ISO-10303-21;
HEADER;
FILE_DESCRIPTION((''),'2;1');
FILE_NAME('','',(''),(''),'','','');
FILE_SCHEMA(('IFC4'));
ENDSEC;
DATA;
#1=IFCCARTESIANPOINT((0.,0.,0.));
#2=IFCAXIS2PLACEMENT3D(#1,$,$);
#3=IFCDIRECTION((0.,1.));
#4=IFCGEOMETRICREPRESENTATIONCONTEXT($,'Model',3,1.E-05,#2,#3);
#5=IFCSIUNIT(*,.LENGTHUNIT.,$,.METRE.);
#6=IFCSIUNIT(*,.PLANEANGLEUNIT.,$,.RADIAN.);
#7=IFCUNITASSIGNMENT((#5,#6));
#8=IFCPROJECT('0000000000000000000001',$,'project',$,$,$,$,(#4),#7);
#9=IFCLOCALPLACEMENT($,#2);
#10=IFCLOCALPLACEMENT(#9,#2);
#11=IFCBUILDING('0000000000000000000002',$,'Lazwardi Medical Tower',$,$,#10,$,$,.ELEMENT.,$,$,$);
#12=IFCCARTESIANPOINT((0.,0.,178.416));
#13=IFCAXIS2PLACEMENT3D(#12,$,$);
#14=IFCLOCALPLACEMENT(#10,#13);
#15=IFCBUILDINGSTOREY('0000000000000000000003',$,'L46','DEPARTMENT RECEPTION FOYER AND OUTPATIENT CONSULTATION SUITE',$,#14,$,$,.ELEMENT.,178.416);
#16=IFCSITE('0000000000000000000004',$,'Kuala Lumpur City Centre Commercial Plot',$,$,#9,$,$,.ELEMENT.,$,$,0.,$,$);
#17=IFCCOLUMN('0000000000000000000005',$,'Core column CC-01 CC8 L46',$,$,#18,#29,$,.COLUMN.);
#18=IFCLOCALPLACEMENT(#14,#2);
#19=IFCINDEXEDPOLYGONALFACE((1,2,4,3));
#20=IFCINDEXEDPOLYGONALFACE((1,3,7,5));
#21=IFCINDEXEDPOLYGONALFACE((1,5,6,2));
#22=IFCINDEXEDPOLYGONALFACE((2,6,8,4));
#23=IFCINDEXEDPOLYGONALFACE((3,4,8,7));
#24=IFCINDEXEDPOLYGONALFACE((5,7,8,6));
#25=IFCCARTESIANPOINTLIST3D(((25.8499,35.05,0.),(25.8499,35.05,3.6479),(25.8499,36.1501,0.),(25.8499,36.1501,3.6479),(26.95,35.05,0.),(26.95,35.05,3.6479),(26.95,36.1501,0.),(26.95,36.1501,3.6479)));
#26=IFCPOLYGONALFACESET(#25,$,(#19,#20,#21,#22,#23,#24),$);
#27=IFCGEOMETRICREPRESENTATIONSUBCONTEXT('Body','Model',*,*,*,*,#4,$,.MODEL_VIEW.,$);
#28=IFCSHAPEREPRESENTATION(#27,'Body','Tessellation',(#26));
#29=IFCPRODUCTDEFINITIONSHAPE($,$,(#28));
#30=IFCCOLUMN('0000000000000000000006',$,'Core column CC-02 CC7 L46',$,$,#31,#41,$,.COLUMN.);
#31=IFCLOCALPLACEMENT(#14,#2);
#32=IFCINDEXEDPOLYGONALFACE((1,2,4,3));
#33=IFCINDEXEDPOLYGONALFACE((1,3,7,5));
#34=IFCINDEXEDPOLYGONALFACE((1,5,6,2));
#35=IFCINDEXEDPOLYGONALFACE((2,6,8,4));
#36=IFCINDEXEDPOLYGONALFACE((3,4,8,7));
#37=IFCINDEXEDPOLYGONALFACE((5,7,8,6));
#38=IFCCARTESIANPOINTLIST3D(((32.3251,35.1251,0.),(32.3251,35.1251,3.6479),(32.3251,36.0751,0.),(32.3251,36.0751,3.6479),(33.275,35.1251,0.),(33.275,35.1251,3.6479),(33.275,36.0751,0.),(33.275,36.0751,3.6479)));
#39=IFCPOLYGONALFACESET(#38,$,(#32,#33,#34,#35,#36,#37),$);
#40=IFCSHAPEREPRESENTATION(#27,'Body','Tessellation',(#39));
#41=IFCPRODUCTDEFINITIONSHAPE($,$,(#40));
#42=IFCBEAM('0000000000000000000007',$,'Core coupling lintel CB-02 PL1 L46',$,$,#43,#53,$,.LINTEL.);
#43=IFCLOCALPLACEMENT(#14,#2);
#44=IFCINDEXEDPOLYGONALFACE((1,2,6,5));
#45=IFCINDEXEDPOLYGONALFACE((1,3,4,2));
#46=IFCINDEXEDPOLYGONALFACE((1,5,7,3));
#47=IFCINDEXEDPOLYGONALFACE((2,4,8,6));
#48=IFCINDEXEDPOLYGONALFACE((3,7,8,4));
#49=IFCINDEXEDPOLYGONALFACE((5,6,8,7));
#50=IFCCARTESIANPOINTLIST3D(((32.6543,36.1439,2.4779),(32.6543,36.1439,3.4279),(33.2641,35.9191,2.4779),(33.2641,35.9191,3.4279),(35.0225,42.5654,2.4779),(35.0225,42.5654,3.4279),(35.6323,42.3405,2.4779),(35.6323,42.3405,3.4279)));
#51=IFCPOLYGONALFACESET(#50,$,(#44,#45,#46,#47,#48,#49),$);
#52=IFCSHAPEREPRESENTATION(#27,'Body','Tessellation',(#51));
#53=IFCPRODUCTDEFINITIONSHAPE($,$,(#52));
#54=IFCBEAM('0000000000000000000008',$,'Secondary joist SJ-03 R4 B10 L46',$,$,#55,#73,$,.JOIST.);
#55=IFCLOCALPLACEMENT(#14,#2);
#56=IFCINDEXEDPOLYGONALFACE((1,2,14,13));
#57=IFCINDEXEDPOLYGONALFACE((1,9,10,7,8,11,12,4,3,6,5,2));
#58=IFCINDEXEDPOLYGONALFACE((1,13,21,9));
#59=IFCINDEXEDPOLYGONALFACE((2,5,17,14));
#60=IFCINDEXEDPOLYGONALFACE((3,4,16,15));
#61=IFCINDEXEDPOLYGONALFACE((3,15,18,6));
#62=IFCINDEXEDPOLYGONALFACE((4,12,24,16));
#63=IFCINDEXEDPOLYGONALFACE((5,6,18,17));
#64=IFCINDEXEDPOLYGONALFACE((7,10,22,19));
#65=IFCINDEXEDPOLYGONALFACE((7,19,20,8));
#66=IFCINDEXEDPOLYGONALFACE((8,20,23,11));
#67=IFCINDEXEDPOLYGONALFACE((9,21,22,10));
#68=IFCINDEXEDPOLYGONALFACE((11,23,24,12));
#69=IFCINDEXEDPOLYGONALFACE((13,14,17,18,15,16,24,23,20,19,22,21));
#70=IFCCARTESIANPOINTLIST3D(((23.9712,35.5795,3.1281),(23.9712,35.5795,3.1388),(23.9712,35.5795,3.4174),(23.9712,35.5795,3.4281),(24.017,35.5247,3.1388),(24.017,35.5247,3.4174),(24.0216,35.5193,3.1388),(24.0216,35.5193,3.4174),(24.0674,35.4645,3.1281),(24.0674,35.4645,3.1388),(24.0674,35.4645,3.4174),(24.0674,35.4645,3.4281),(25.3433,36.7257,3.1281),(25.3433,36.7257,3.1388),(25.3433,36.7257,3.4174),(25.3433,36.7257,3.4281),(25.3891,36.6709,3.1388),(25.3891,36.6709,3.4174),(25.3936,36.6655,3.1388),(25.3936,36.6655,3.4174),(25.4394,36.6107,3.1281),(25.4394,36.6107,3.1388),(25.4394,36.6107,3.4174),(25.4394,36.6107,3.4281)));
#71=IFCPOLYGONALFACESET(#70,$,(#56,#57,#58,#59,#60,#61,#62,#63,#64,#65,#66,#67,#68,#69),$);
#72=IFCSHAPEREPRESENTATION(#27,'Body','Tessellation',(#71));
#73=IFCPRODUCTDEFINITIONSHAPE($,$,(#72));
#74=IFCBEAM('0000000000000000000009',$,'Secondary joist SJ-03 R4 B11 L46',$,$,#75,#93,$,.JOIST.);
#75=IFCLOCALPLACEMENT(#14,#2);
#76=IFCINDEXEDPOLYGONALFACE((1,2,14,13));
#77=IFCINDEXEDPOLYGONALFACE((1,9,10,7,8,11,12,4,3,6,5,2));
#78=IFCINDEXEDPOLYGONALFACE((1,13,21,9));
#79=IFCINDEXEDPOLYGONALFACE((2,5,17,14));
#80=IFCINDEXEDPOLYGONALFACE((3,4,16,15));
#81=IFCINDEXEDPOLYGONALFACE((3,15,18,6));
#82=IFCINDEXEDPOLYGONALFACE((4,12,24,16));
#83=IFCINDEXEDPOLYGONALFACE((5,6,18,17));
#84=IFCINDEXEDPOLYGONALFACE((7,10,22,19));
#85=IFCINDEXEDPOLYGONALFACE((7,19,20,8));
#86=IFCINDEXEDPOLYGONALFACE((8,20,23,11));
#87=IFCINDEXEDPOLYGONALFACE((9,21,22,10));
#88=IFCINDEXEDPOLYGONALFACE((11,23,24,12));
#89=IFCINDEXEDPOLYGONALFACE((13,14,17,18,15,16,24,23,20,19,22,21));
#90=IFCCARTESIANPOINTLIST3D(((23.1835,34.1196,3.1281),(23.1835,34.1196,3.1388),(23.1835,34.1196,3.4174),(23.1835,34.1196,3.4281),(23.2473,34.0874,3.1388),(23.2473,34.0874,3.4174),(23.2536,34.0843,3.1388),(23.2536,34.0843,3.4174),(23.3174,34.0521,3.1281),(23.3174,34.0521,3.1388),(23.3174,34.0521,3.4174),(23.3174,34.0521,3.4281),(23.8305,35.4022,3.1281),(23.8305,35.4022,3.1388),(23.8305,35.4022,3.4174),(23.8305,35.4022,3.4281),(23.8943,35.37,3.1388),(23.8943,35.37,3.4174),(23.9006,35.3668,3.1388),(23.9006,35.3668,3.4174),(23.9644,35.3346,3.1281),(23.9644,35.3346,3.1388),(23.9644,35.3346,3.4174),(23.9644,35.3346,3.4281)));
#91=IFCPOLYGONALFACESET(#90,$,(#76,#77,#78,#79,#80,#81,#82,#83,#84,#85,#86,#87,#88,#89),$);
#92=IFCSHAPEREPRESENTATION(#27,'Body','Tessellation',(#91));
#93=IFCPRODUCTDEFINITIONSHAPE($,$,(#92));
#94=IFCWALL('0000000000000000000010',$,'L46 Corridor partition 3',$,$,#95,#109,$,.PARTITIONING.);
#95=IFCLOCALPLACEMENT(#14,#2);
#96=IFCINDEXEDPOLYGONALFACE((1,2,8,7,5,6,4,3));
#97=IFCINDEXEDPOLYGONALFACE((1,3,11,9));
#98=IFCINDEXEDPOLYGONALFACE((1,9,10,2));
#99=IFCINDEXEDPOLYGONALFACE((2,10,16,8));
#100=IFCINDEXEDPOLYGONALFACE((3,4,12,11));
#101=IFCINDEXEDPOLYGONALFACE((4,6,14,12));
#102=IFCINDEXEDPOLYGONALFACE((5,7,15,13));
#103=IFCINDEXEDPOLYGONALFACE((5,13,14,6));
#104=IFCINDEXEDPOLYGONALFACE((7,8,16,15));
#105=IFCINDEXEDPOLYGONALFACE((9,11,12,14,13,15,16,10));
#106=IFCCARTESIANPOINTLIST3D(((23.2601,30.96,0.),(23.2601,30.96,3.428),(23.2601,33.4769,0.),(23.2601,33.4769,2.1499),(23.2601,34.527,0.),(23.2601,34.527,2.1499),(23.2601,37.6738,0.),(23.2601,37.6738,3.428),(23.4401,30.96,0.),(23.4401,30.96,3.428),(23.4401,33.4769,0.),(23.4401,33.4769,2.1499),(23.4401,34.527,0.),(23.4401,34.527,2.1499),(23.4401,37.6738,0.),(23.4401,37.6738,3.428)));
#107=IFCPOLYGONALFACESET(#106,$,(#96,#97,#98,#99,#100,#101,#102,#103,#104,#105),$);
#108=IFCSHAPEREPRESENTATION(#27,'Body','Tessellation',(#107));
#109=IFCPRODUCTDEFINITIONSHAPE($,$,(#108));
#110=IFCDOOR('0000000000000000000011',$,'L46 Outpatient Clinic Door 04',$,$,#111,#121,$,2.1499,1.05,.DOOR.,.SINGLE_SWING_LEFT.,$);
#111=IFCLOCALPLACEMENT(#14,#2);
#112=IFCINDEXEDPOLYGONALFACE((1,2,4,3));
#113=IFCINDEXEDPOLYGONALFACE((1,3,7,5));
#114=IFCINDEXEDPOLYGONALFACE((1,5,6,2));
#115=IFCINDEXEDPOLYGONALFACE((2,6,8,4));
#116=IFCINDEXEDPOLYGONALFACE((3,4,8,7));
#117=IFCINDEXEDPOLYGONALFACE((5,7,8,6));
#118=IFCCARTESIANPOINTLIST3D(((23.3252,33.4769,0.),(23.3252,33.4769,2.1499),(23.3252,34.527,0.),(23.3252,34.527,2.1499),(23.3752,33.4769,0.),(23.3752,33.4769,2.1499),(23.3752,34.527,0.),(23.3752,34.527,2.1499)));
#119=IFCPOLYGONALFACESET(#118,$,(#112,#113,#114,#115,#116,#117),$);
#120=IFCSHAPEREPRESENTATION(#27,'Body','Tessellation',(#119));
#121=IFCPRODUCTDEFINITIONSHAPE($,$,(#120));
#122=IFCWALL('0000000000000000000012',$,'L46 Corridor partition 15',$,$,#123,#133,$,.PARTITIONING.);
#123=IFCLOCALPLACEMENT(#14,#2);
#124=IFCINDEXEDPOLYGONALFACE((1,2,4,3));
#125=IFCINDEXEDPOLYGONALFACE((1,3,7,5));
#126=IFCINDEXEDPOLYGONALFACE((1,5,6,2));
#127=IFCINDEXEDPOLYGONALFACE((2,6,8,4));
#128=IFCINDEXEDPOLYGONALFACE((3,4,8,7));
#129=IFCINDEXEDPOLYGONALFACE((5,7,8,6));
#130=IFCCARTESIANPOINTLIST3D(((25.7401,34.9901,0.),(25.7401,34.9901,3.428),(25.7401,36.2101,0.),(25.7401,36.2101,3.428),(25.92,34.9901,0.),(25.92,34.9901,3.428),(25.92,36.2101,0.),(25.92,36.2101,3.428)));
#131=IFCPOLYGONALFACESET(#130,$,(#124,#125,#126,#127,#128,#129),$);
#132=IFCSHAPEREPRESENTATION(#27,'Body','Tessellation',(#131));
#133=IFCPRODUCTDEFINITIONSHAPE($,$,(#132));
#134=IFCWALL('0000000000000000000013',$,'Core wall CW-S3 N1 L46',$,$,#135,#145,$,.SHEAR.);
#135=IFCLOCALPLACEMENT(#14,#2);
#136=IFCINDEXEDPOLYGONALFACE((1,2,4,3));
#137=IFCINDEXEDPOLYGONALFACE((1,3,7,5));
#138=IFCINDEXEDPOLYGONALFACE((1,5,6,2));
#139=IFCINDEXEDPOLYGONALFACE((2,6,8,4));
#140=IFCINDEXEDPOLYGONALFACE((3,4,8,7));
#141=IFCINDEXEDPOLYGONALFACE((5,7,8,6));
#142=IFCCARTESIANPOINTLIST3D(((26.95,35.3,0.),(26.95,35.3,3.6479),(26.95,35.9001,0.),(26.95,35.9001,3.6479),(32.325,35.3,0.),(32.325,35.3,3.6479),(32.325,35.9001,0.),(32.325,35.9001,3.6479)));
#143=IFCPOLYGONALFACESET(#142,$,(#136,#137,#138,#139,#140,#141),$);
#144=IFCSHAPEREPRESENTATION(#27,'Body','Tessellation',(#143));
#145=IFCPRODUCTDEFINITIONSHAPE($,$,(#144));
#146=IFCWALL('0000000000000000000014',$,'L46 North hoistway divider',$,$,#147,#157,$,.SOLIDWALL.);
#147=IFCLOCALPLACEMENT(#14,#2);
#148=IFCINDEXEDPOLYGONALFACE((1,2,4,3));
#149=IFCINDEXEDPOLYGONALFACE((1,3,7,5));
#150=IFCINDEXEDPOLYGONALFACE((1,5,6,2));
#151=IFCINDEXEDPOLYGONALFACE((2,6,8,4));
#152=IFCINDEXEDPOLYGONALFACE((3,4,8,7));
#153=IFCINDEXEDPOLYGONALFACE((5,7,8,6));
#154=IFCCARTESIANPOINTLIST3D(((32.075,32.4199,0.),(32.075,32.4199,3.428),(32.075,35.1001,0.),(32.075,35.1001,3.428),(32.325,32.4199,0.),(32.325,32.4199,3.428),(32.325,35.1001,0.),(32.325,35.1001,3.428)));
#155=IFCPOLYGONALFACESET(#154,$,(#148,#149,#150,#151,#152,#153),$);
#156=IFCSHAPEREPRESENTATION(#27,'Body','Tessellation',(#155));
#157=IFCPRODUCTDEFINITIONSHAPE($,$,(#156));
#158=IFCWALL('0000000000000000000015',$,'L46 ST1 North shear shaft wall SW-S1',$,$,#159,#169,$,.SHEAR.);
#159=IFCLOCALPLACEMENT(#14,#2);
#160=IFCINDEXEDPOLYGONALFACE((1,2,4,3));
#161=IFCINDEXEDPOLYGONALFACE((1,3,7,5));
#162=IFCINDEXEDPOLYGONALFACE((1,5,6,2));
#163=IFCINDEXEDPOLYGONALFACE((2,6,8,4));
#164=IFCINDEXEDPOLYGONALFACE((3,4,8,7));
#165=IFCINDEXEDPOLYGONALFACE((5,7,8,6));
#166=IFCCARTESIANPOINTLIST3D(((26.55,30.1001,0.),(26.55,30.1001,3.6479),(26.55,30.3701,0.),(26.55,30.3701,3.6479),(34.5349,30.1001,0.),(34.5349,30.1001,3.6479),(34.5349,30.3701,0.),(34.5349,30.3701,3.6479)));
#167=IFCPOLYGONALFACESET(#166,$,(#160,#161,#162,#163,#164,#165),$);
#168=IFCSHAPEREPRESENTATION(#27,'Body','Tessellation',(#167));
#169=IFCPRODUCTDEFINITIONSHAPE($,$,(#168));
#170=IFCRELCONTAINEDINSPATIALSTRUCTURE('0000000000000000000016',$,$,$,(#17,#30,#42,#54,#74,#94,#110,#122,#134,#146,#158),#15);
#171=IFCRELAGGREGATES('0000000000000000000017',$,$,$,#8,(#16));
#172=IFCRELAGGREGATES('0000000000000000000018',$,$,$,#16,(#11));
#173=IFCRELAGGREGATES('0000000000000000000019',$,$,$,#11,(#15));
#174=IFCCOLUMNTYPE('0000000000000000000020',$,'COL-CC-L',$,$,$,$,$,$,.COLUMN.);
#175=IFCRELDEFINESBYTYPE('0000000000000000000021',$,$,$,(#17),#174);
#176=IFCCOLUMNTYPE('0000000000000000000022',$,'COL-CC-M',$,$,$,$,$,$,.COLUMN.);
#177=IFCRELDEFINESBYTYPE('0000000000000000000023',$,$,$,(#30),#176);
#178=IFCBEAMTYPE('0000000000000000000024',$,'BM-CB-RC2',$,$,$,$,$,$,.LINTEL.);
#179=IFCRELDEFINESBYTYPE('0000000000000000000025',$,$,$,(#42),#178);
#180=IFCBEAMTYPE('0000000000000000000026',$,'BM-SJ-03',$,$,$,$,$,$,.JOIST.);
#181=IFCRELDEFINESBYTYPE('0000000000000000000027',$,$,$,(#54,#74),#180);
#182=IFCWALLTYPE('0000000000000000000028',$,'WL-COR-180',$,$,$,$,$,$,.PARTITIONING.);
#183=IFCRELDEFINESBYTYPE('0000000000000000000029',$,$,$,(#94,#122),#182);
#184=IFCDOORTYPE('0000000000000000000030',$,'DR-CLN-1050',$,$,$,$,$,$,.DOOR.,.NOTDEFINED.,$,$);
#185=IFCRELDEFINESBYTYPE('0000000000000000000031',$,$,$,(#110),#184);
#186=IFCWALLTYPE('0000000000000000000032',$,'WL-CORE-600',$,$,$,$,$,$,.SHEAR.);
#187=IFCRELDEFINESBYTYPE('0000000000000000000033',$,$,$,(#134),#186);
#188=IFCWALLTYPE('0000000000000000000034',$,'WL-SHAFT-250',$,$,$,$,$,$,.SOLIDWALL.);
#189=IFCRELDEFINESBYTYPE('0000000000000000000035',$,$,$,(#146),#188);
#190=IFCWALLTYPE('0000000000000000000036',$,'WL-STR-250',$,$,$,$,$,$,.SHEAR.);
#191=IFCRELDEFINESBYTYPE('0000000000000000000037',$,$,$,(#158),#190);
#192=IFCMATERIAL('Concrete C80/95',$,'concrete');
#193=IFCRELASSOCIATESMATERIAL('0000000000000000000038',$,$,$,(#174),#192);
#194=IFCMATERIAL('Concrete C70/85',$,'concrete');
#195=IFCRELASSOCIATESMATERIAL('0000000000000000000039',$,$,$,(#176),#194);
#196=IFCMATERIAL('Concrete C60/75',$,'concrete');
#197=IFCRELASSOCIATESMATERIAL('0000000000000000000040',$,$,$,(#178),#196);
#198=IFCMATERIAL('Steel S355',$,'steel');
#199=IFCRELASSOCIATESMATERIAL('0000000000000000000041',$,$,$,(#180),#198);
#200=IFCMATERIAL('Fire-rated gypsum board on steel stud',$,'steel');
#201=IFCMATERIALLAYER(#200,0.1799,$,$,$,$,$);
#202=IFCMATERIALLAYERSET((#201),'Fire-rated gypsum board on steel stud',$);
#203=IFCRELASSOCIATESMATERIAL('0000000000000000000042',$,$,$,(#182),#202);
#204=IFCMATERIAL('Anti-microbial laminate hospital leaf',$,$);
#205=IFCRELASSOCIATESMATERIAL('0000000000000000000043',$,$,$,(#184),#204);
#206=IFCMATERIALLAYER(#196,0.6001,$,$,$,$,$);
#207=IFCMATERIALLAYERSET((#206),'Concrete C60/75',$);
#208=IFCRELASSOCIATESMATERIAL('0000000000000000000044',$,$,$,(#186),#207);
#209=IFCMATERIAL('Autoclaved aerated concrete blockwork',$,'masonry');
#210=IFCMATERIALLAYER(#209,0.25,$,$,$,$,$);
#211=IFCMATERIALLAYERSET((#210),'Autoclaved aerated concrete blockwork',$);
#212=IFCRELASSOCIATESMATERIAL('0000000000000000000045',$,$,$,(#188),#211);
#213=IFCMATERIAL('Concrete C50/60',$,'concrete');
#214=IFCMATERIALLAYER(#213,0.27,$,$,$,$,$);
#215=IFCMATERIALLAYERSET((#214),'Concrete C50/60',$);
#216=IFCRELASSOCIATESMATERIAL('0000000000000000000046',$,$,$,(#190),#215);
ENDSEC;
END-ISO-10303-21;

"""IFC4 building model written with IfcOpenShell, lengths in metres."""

from ifc_helpers import new_model, si_unit, direction, frame, frame_2d, origin, origin_2d, place, context, subcontext, project, spatial, rectangle, i_section, extrude, material, layer, layer_set, material_profile, profile_set, type_object, element, fill, save


model = new_model("IFC4")

# Units and contexts
model_context = context("Model", 3, precision=1e-05, world=origin(), true_north=direction((0.0, 1.0)))
body_context = subcontext(model_context, "Body", "Model", "MODEL_VIEW")
ifc_project = project(units=[si_unit("LENGTHUNIT", "METRE"), si_unit("PLANEANGLEUNIT", "RADIAN")], contexts=[model_context])

# Site, building, storey
site_placement = place(None, origin())
site = spatial("IfcSite", under=ifc_project, at=site_placement, Name="Kuala Lumpur City Centre Commercial Plot", CompositionType="ELEMENT", RefElevation=0.0)
building_placement = place(site_placement, origin())
building = spatial("IfcBuilding", under=site, at=building_placement, Name="Lazwardi Medical Tower", CompositionType="ELEMENT")
storey_placement = place(building_placement, frame((0.0, 0.0, 178.416)))
storey = spatial("IfcBuildingStorey", under=building, at=storey_placement, Name="L46", Description="DEPARTMENT RECEPTION FOYER AND OUTPATIENT CONSULTATION SUITE", CompositionType="ELEMENT", Elevation=178.416)

# Columns
ifc_material_1 = material(Name="Concrete C80/95", Category="concrete")
ifc_material_profile_1 = material_profile(ifc_material_1, rectangle(XDim=1.1001, YDim=1.1001, at=origin_2d()), Name="RC 1100x1100")
ifc_profile_set_1 = profile_set([ifc_material_profile_1], Name="Concrete C80/95")
column_type_1 = type_object("IfcColumnType", Name="COL-CC-L", PredefinedType="COLUMN", material=ifc_profile_set_1)
column_1_placement = place(storey_placement, frame((26.3999, 35.6001, 0.0), z_axis=(0.0, 0.0, 1.0), x_axis=(1.0, 0.0, 0.0)))
element("IfcColumn", 1, at=column_1_placement, inside=storey, type_object=column_type_1, Name="Core column CC-01 CC8 L46", PredefinedType="COLUMN", context=body_context, shape_type="SweptSolid", body=[
    extrude(rectangle(XDim=1.1001, YDim=1.1001, at=origin_2d()), origin(), (0.0, 0.0, 1.0), 3.6479),
])
ifc_material_2 = material(Name="Concrete C70/85", Category="concrete")
ifc_material_profile_2 = material_profile(ifc_material_2, rectangle(XDim=0.95, YDim=0.95, at=origin_2d()), Name="RC 950x950")
ifc_profile_set_2 = profile_set([ifc_material_profile_2], Name="Concrete C70/85")
column_type_2 = type_object("IfcColumnType", Name="COL-CC-M", PredefinedType="COLUMN", material=ifc_profile_set_2)
column_2_placement = place(storey_placement, frame((32.8, 35.6001, 0.0), z_axis=(0.0, 0.0, 1.0), x_axis=(1.0, 0.0, 0.0)))
element("IfcColumn", 2, at=column_2_placement, inside=storey, type_object=column_type_2, Name="Core column CC-02 CC7 L46", PredefinedType="COLUMN", context=body_context, shape_type="SweptSolid", body=[
    extrude(rectangle(XDim=0.95, YDim=0.95, at=origin_2d()), origin(), (0.0, 0.0, 1.0), 3.6479),
])

# Beams
ifc_material_3 = material(Name="Concrete C60/75", Category="concrete")
ifc_material_profile_3 = material_profile(ifc_material_3, rectangle(XDim=0.6499, YDim=0.95, at=origin_2d()), Name="RC 650x950")
ifc_profile_set_3 = profile_set([ifc_material_profile_3], Name="Concrete C60/75")
beam_type_1 = type_object("IfcBeamType", Name="BM-CB-RC2", PredefinedType="LINTEL", material=ifc_profile_set_3)
beam_1_placement = place(storey_placement, frame((32.9592, 36.0315, 2.9529), z_axis=(0.346013, 0.93823, 0.0), x_axis=(-0.93823, 0.346013, 0.0)))
element("IfcBeam", 3, at=beam_1_placement, inside=storey, type_object=beam_type_1, Name="Core coupling lintel CB-02 PL1 L46", PredefinedType="LINTEL", context=body_context, shape_type="SweptSolid", body=[
    extrude(rectangle(XDim=0.6499, YDim=0.95, at=origin_2d()), origin(), (0.0, 0.0, 1.0), 6.8442),
])
ifc_material_4 = material(Name="Steel S355", Category="steel")
ifc_material_profile_4 = material_profile(ifc_material_4, i_section(OverallWidth=0.1499, OverallDepth=0.3, WebThickness=0.0071, FlangeThickness=0.0107, at=origin_2d()), Name="IPE 300")
ifc_profile_set_4 = profile_set([ifc_material_profile_4], Name="Steel S355")
beam_type_2 = type_object("IfcBeamType", Name="BM-SJ-03", PredefinedType="JOIST", material=ifc_profile_set_4)
beam_2_placement = place(storey_placement, frame((25.3914, 36.6682, 3.2781), z_axis=(-0.767437, -0.641124, 0.0), x_axis=(0.641124, -0.767437, 0.0)))
element("IfcBeam", 4, at=beam_2_placement, inside=storey, type_object=beam_type_2, Name="Secondary joist SJ-03 R4 B10 L46", PredefinedType="JOIST", context=body_context, shape_type="SweptSolid", body=[
    extrude(i_section(OverallWidth=0.1499, OverallDepth=0.3, WebThickness=0.0071, FlangeThickness=0.0107, at=origin_2d()), origin(), (0.0, 0.0, 1.0), 1.7878),
])
beam_3_placement = place(storey_placement, frame((23.8975, 35.3684, 3.2781), z_axis=(-0.450406, -0.892824, 0.0), x_axis=(0.892824, -0.450406, 0.0)))
element("IfcBeam", 5, at=beam_3_placement, inside=storey, type_object=beam_type_2, Name="Secondary joist SJ-03 R4 B11 L46", PredefinedType="JOIST", context=body_context, shape_type="SweptSolid", body=[
    extrude(i_section(OverallWidth=0.1499, OverallDepth=0.3, WebThickness=0.0071, FlangeThickness=0.0107, at=origin_2d()), origin(), (0.0, 0.0, 1.0), 1.4365),
])

# Wall, opening, door
ifc_material_5 = material(Name="Fire-rated gypsum board on steel stud", Category="steel")
ifc_layer_1 = layer(ifc_material_5, 0.1799)
ifc_layer_set_1 = layer_set([ifc_layer_1], Name="Fire-rated gypsum board on steel stud")
wall_type_1 = type_object("IfcWallType", Name="WL-COR-180", PredefinedType="PARTITIONING", material=ifc_layer_set_1)
wall_1_placement = place(storey_placement, frame((23.3501, 30.96, 0.0), z_axis=(0.0, 0.0, 1.0), x_axis=(0.0, 1.0, 0.0)))
wall_1 = element("IfcWall", 6, at=wall_1_placement, inside=storey, type_object=wall_type_1, Name="L46 Corridor partition 3", PredefinedType="PARTITIONING", context=body_context, shape_type="SweptSolid", body=[
    extrude(rectangle(XDim=6.7139, YDim=0.1799, at=frame_2d((3.3569, 0.0))), origin(), (0.0, 0.0, 1.0), 3.428),
])
opening_1_placement = place(wall_1_placement, frame((2.5171, 0.0, 0.0)))
opening_1 = element("IfcOpeningElement", 7, at=opening_1_placement, cuts=wall_1, PredefinedType="OPENING", context=body_context, shape_type="SweptSolid", body=[
    extrude(rectangle(XDim=1.05, YDim=2.1499, at=frame_2d((0.5249, 1.075))), frame((0.0, 0.0999, 0.0), z_axis=(0.0, -1.0, 0.0), x_axis=(1.0, 0.0, 0.0)), (0.0, 0.0, 1.0), 0.2),
])
ifc_material_6 = material(Name="Anti-microbial laminate hospital leaf")
door_type_1 = type_object("IfcDoorType", Name="DR-CLN-1050", OperationType="NOTDEFINED", PredefinedType="DOOR", material=ifc_material_6)
door_1_placement = place(opening_1_placement, origin())
door_1 = element("IfcDoor", 8, at=door_1_placement, inside=storey, type_object=door_type_1, Name="L46 Outpatient Clinic Door 04", OperationType="SINGLE_SWING_LEFT", OverallHeight=2.1499, OverallWidth=1.05, PredefinedType="DOOR", context=body_context, shape_type="SweptSolid", body=[
    extrude(rectangle(XDim=1.05, YDim=2.1499, at=frame_2d((0.5249, 1.075))), frame((0.0, 0.0249, 0.0), z_axis=(0.0, -1.0, 0.0), x_axis=(1.0, 0.0, 0.0)), (0.0, 0.0, 1.0), 0.05),
])
fill(opening_1, door_1)

# Walls
wall_2_placement = place(storey_placement, frame((25.8301, 36.21, 0.0), z_axis=(0.0, 0.0, 1.0), x_axis=(0.0, -1.0, 0.0)))
element("IfcWall", 9, at=wall_2_placement, inside=storey, type_object=wall_type_1, Name="L46 Corridor partition 15", PredefinedType="PARTITIONING", context=body_context, shape_type="SweptSolid", body=[
    extrude(rectangle(XDim=1.22, YDim=0.1799, at=frame_2d((0.6099, 0.0))), origin(), (0.0, 0.0, 1.0), 3.428),
])
ifc_layer_2 = layer(ifc_material_3, 0.6001)
ifc_layer_set_2 = layer_set([ifc_layer_2], Name="Concrete C60/75")
wall_type_2 = type_object("IfcWallType", Name="WL-CORE-600", PredefinedType="SHEAR", material=ifc_layer_set_2)
wall_3_placement = place(storey_placement, frame((26.95, 35.6001, 0.0), z_axis=(0.0, 0.0, 1.0), x_axis=(1.0, 0.0, 0.0)))
element("IfcWall", 10, at=wall_3_placement, inside=storey, type_object=wall_type_2, Name="Core wall CW-S3 N1 L46", PredefinedType="SHEAR", context=body_context, shape_type="SweptSolid", body=[
    extrude(rectangle(XDim=5.375, YDim=0.6001, at=frame_2d((2.6875, 0.0))), origin(), (0.0, 0.0, 1.0), 3.6479),
])
ifc_material_7 = material(Name="Autoclaved aerated concrete blockwork", Category="masonry")
ifc_layer_3 = layer(ifc_material_7, 0.25)
ifc_layer_set_3 = layer_set([ifc_layer_3], Name="Autoclaved aerated concrete blockwork")
wall_type_3 = type_object("IfcWallType", Name="WL-SHAFT-250", PredefinedType="SOLIDWALL", material=ifc_layer_set_3)
wall_4_placement = place(storey_placement, frame((32.2, 32.4199, 0.0), z_axis=(0.0, 0.0, 1.0), x_axis=(0.0, 1.0, 0.0)))
element("IfcWall", 11, at=wall_4_placement, inside=storey, type_object=wall_type_3, Name="L46 North hoistway divider", PredefinedType="SOLIDWALL", context=body_context, shape_type="SweptSolid", body=[
    extrude(rectangle(XDim=2.6802, YDim=0.25, at=frame_2d((1.3401, 0.0))), origin(), (0.0, 0.0, 1.0), 3.428),
])
ifc_material_8 = material(Name="Concrete C50/60", Category="concrete")
ifc_layer_4 = layer(ifc_material_8, 0.27)
ifc_layer_set_4 = layer_set([ifc_layer_4], Name="Concrete C50/60")
wall_type_4 = type_object("IfcWallType", Name="WL-STR-250", PredefinedType="SHEAR", material=ifc_layer_set_4)
wall_5_placement = place(storey_placement, frame((26.55, 30.2351, 0.0), z_axis=(0.0, 0.0, 1.0), x_axis=(1.0, 0.0, 0.0)))
element("IfcWall", 12, at=wall_5_placement, inside=storey, type_object=wall_type_4, Name="L46 ST1 North shear shaft wall SW-S1", PredefinedType="SHEAR", context=body_context, shape_type="SweptSolid", body=[
    extrude(rectangle(XDim=7.9849, YDim=0.27, at=frame_2d((3.9924, 0.0))), origin(), (0.0, 0.0, 1.0), 3.6479),
])

save(model, "model.ifc")
